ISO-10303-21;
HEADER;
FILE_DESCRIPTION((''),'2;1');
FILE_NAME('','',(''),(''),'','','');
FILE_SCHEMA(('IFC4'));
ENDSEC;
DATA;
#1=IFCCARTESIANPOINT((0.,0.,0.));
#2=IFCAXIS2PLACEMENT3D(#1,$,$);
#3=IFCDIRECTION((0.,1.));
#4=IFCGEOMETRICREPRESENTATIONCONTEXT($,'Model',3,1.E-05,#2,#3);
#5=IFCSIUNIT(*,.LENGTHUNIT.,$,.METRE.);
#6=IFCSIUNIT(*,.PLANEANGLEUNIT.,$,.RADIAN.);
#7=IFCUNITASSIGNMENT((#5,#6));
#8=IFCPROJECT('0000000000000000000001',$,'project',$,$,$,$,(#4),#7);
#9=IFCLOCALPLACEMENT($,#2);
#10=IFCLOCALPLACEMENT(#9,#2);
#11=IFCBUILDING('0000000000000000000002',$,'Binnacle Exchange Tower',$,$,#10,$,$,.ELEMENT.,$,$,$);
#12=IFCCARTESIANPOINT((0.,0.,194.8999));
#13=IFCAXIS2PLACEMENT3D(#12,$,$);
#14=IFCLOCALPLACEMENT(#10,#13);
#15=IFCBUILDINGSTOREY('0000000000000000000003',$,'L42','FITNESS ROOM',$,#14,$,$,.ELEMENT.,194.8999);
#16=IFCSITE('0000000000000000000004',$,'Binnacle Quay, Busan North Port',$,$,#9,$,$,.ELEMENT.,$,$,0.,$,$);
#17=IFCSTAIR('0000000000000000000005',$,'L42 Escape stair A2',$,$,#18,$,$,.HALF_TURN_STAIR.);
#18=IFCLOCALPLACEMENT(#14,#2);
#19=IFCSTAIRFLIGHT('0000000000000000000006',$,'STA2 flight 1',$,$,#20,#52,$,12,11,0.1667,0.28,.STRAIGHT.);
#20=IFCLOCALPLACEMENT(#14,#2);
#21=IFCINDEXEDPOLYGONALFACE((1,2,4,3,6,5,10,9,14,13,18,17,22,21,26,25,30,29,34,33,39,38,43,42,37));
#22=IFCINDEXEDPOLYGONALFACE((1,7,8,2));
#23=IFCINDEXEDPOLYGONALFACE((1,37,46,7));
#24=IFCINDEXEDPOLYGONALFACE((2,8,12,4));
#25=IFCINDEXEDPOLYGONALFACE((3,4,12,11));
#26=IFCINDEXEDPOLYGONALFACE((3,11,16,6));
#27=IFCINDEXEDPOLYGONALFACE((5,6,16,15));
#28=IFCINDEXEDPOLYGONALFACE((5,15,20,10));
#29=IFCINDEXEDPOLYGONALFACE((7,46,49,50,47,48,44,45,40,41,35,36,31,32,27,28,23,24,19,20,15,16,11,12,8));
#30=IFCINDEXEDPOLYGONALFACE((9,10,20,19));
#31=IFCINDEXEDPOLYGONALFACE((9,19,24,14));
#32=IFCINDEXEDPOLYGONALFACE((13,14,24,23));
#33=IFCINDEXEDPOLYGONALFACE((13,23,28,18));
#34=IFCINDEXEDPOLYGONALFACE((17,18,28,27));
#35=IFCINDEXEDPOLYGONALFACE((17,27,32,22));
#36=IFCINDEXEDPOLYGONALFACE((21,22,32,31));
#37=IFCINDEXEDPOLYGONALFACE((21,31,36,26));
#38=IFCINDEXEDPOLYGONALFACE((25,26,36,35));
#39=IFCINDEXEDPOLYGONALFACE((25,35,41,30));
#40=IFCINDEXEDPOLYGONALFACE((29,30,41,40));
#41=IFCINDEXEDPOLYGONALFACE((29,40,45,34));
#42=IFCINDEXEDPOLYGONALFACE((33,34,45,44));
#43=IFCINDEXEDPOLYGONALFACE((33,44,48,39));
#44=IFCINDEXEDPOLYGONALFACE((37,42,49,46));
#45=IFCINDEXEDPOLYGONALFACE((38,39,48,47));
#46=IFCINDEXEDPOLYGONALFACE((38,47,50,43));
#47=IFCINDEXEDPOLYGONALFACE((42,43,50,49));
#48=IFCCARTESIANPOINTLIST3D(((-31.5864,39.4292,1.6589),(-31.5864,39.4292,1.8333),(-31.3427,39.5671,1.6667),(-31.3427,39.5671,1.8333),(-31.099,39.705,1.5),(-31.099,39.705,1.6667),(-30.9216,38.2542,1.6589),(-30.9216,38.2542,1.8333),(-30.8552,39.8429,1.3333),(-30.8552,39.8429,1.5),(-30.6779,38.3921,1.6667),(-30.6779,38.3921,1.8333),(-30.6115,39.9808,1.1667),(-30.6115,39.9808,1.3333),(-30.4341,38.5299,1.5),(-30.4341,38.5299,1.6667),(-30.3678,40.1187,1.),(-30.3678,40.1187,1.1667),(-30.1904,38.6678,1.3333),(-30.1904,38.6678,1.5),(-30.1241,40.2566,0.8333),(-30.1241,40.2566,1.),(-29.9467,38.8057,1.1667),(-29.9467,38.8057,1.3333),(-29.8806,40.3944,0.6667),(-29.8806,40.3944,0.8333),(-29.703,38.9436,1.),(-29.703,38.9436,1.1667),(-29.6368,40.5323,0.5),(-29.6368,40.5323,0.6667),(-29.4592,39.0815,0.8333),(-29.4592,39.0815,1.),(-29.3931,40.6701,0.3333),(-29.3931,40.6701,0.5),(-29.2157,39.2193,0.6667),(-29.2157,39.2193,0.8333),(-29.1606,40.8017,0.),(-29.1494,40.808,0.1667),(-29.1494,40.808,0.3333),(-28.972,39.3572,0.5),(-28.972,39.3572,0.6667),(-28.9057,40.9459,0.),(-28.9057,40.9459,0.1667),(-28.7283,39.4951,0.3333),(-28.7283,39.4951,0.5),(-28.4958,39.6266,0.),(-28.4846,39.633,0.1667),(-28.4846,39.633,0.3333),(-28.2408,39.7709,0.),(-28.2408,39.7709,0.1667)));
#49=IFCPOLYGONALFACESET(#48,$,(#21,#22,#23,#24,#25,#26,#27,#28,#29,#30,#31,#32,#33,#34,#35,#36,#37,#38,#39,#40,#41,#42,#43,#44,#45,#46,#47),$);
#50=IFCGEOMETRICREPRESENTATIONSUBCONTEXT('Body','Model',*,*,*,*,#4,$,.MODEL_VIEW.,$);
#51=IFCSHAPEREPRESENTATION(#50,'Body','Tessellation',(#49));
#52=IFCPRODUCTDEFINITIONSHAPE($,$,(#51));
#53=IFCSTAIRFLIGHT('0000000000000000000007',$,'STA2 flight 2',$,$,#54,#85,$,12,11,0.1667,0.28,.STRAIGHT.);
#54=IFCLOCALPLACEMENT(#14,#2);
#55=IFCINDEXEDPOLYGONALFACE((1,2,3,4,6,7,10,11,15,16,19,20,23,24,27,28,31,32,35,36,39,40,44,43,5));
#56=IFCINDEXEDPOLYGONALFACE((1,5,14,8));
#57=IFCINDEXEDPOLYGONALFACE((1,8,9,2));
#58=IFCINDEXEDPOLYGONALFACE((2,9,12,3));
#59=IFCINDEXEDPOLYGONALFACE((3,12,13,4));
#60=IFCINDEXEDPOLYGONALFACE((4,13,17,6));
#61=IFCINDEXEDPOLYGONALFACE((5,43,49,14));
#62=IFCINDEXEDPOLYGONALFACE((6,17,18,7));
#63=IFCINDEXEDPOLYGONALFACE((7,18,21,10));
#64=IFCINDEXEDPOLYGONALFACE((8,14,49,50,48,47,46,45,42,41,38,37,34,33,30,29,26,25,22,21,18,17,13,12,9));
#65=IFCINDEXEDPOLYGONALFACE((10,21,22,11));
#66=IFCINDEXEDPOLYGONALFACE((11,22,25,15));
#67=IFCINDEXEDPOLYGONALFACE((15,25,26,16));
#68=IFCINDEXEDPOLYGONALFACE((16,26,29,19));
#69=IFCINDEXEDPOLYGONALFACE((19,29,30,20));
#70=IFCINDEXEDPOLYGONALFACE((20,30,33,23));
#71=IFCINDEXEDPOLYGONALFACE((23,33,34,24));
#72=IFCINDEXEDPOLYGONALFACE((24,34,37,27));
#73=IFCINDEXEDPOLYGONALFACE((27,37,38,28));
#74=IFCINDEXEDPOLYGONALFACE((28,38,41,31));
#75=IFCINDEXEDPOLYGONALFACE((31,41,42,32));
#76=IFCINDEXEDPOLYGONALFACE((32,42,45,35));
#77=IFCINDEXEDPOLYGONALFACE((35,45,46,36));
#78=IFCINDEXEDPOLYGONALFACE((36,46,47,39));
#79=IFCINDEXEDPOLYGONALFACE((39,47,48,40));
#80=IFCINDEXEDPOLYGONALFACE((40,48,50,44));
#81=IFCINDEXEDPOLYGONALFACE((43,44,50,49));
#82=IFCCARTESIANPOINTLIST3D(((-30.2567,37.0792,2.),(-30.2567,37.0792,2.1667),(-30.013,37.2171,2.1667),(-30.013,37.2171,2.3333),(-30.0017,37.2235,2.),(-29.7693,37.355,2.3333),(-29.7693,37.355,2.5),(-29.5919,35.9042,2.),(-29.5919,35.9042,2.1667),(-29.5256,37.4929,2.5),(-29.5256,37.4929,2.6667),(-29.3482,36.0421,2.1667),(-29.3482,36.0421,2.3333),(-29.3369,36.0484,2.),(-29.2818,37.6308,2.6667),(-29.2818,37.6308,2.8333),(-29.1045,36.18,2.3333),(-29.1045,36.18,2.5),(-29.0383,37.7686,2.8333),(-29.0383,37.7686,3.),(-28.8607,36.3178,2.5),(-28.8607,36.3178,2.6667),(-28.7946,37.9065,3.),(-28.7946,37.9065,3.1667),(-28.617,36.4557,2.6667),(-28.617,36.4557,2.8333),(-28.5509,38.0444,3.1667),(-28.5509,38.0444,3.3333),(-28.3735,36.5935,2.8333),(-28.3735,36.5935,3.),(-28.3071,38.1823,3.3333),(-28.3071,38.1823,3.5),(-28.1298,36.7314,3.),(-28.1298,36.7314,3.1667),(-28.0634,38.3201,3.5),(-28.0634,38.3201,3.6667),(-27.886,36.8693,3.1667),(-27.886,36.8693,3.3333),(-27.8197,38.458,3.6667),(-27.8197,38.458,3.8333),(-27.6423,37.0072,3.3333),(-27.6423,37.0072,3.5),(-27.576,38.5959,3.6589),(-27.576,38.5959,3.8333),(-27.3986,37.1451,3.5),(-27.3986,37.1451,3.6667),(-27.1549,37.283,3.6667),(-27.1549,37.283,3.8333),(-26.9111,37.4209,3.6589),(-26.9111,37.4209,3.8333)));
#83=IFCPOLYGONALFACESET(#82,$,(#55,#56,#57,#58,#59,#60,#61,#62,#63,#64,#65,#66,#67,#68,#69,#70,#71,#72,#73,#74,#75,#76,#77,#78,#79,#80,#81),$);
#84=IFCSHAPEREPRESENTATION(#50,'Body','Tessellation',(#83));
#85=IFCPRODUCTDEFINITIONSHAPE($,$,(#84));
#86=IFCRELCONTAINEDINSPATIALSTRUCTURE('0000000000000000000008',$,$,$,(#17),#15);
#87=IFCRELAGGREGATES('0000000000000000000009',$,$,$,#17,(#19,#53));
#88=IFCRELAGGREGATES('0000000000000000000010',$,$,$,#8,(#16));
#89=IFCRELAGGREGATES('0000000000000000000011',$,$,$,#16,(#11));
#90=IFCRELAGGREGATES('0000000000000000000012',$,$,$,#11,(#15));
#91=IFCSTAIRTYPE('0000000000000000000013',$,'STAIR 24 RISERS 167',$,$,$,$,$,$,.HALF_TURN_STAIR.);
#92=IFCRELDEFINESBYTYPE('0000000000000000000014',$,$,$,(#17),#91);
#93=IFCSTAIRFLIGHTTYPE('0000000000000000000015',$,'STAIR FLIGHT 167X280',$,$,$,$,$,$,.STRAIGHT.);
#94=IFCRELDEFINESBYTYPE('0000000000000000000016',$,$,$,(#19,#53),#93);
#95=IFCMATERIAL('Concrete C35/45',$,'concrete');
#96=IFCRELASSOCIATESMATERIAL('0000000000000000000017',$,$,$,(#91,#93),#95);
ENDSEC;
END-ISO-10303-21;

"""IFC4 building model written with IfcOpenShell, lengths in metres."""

from ifc_helpers import new_model, si_unit, direction, frame, origin, place, context, subcontext, project, spatial, polyline, outline, extrude, material, type_object, element, aggregate, save


model = new_model("IFC4")

# Units and contexts
model_context = context("Model", 3, precision=1e-05, world=origin(), true_north=direction((0.0, 1.0)))
body_context = subcontext(model_context, "Body", "Model", "MODEL_VIEW")
ifc_project = project(units=[si_unit("LENGTHUNIT", "METRE"), si_unit("PLANEANGLEUNIT", "RADIAN")], contexts=[model_context])

# Site, building, storey
site_placement = place(None, origin())
site = spatial("IfcSite", under=ifc_project, at=site_placement, Name="Binnacle Quay, Busan North Port", CompositionType="ELEMENT", RefElevation=0.0)
building_placement = place(site_placement, origin())
building = spatial("IfcBuilding", under=site, at=building_placement, Name="Binnacle Exchange Tower", CompositionType="ELEMENT")
storey_placement = place(building_placement, frame((0.0, 0.0, 194.8999)))
storey = spatial("IfcBuildingStorey", under=building, at=storey_placement, Name="L42", Description="FITNESS ROOM", CompositionType="ELEMENT", Elevation=194.8999)

# Shared definitions
ifc_material_1 = material(Name="Concrete C35/45", Category="concrete")

# Stair, stair flights
stair_type = type_object("IfcStairType", Name="STAIR 24 RISERS 167", PredefinedType="HALF_TURN_STAIR", material=ifc_material_1)
stair_placement = place(storey_placement, origin())
stair = element("IfcStair", 1, at=stair_placement, inside=storey, type_object=stair_type, Name="L42 Escape stair A2", PredefinedType="HALF_TURN_STAIR")
stair_flight_type = type_object("IfcStairFlightType", Name="STAIR FLIGHT 167X280", PredefinedType="STRAIGHT", material=ifc_material_1)
stair_flight_1_placement = place(storey_placement, frame((-28.5732, 40.3584, 0.0), z_axis=(0.0, 0.0, 1.0), x_axis=(-0.870356, -0.492424, 0.0)))
stair_flight_1 = element("IfcStairFlight", 2, at=stair_flight_1_placement, type_object=stair_flight_type, Name="STA2 flight 1", NumberOfRisers=12, NumberOfTreads=11, PredefinedType="STRAIGHT", RiserHeight=0.1667, TreadLength=0.28, context=body_context, shape_type="SweptSolid", body=[
    extrude(outline(polyline([(0.0, 0.0), (0.0, 0.1667), (0.28, 0.1667), (0.28, 0.3333), (0.5601, 0.3333), (0.5601, 0.5), (0.8401, 0.5), (0.8401, 0.6667), (1.1201, 0.6667), (1.1201, 0.8333), (1.3999, 0.8333), (1.3999, 1.0), (1.6799, 1.0), (1.6799, 1.1667), (1.96, 1.1667), (1.96, 1.3333), (2.24, 1.3333), (2.24, 1.5), (2.52, 1.5), (2.52, 1.6667), (2.8, 1.6667), (2.8, 1.8333), (3.0801, 1.8333), (3.0801, 2.0), (3.0801, 1.6589), (0.293, 0.0), (0.0, 0.0)])), frame((0.0, 0.675, 0.0), z_axis=(0.0, -1.0, 0.0), x_axis=(1.0, 0.0, 0.0)), (0.0, 0.0, 1.0), 1.3501),
])
stair_flight_2_placement = place(storey_placement, frame((-29.9243, 36.4917, 2.0), z_axis=(0.0, 0.0, 1.0), x_axis=(0.870356, 0.492424, 0.0)))
stair_flight_2 = element("IfcStairFlight", 3, at=stair_flight_2_placement, type_object=stair_flight_type, Name="STA2 flight 2", NumberOfRisers=12, NumberOfTreads=11, PredefinedType="STRAIGHT", RiserHeight=0.1667, TreadLength=0.28, context=body_context, shape_type="SweptSolid", body=[
    extrude(outline(polyline([(0.0, 0.0), (0.0, 0.1667), (0.28, 0.1667), (0.28, 0.3333), (0.5601, 0.3333), (0.5601, 0.5), (0.8401, 0.5), (0.8401, 0.6667), (1.1201, 0.6667), (1.1201, 0.8333), (1.3999, 0.8333), (1.3999, 1.0), (1.6799, 1.0), (1.6799, 1.1667), (1.96, 1.1667), (1.96, 1.3333), (2.24, 1.3333), (2.24, 1.5), (2.52, 1.5), (2.52, 1.6667), (2.8, 1.6667), (2.8, 1.8333), (3.0801, 1.8333), (3.0801, 2.0), (3.0801, 1.6589), (0.293, 0.0), (0.0, 0.0)])), frame((0.0, 0.675, 0.0), z_axis=(0.0, -1.0, 0.0), x_axis=(1.0, 0.0, 0.0)), (0.0, 0.0, 1.0), 1.3501),
])
aggregate(stair, [stair_flight_1, stair_flight_2])

save(model, "model.ifc")
